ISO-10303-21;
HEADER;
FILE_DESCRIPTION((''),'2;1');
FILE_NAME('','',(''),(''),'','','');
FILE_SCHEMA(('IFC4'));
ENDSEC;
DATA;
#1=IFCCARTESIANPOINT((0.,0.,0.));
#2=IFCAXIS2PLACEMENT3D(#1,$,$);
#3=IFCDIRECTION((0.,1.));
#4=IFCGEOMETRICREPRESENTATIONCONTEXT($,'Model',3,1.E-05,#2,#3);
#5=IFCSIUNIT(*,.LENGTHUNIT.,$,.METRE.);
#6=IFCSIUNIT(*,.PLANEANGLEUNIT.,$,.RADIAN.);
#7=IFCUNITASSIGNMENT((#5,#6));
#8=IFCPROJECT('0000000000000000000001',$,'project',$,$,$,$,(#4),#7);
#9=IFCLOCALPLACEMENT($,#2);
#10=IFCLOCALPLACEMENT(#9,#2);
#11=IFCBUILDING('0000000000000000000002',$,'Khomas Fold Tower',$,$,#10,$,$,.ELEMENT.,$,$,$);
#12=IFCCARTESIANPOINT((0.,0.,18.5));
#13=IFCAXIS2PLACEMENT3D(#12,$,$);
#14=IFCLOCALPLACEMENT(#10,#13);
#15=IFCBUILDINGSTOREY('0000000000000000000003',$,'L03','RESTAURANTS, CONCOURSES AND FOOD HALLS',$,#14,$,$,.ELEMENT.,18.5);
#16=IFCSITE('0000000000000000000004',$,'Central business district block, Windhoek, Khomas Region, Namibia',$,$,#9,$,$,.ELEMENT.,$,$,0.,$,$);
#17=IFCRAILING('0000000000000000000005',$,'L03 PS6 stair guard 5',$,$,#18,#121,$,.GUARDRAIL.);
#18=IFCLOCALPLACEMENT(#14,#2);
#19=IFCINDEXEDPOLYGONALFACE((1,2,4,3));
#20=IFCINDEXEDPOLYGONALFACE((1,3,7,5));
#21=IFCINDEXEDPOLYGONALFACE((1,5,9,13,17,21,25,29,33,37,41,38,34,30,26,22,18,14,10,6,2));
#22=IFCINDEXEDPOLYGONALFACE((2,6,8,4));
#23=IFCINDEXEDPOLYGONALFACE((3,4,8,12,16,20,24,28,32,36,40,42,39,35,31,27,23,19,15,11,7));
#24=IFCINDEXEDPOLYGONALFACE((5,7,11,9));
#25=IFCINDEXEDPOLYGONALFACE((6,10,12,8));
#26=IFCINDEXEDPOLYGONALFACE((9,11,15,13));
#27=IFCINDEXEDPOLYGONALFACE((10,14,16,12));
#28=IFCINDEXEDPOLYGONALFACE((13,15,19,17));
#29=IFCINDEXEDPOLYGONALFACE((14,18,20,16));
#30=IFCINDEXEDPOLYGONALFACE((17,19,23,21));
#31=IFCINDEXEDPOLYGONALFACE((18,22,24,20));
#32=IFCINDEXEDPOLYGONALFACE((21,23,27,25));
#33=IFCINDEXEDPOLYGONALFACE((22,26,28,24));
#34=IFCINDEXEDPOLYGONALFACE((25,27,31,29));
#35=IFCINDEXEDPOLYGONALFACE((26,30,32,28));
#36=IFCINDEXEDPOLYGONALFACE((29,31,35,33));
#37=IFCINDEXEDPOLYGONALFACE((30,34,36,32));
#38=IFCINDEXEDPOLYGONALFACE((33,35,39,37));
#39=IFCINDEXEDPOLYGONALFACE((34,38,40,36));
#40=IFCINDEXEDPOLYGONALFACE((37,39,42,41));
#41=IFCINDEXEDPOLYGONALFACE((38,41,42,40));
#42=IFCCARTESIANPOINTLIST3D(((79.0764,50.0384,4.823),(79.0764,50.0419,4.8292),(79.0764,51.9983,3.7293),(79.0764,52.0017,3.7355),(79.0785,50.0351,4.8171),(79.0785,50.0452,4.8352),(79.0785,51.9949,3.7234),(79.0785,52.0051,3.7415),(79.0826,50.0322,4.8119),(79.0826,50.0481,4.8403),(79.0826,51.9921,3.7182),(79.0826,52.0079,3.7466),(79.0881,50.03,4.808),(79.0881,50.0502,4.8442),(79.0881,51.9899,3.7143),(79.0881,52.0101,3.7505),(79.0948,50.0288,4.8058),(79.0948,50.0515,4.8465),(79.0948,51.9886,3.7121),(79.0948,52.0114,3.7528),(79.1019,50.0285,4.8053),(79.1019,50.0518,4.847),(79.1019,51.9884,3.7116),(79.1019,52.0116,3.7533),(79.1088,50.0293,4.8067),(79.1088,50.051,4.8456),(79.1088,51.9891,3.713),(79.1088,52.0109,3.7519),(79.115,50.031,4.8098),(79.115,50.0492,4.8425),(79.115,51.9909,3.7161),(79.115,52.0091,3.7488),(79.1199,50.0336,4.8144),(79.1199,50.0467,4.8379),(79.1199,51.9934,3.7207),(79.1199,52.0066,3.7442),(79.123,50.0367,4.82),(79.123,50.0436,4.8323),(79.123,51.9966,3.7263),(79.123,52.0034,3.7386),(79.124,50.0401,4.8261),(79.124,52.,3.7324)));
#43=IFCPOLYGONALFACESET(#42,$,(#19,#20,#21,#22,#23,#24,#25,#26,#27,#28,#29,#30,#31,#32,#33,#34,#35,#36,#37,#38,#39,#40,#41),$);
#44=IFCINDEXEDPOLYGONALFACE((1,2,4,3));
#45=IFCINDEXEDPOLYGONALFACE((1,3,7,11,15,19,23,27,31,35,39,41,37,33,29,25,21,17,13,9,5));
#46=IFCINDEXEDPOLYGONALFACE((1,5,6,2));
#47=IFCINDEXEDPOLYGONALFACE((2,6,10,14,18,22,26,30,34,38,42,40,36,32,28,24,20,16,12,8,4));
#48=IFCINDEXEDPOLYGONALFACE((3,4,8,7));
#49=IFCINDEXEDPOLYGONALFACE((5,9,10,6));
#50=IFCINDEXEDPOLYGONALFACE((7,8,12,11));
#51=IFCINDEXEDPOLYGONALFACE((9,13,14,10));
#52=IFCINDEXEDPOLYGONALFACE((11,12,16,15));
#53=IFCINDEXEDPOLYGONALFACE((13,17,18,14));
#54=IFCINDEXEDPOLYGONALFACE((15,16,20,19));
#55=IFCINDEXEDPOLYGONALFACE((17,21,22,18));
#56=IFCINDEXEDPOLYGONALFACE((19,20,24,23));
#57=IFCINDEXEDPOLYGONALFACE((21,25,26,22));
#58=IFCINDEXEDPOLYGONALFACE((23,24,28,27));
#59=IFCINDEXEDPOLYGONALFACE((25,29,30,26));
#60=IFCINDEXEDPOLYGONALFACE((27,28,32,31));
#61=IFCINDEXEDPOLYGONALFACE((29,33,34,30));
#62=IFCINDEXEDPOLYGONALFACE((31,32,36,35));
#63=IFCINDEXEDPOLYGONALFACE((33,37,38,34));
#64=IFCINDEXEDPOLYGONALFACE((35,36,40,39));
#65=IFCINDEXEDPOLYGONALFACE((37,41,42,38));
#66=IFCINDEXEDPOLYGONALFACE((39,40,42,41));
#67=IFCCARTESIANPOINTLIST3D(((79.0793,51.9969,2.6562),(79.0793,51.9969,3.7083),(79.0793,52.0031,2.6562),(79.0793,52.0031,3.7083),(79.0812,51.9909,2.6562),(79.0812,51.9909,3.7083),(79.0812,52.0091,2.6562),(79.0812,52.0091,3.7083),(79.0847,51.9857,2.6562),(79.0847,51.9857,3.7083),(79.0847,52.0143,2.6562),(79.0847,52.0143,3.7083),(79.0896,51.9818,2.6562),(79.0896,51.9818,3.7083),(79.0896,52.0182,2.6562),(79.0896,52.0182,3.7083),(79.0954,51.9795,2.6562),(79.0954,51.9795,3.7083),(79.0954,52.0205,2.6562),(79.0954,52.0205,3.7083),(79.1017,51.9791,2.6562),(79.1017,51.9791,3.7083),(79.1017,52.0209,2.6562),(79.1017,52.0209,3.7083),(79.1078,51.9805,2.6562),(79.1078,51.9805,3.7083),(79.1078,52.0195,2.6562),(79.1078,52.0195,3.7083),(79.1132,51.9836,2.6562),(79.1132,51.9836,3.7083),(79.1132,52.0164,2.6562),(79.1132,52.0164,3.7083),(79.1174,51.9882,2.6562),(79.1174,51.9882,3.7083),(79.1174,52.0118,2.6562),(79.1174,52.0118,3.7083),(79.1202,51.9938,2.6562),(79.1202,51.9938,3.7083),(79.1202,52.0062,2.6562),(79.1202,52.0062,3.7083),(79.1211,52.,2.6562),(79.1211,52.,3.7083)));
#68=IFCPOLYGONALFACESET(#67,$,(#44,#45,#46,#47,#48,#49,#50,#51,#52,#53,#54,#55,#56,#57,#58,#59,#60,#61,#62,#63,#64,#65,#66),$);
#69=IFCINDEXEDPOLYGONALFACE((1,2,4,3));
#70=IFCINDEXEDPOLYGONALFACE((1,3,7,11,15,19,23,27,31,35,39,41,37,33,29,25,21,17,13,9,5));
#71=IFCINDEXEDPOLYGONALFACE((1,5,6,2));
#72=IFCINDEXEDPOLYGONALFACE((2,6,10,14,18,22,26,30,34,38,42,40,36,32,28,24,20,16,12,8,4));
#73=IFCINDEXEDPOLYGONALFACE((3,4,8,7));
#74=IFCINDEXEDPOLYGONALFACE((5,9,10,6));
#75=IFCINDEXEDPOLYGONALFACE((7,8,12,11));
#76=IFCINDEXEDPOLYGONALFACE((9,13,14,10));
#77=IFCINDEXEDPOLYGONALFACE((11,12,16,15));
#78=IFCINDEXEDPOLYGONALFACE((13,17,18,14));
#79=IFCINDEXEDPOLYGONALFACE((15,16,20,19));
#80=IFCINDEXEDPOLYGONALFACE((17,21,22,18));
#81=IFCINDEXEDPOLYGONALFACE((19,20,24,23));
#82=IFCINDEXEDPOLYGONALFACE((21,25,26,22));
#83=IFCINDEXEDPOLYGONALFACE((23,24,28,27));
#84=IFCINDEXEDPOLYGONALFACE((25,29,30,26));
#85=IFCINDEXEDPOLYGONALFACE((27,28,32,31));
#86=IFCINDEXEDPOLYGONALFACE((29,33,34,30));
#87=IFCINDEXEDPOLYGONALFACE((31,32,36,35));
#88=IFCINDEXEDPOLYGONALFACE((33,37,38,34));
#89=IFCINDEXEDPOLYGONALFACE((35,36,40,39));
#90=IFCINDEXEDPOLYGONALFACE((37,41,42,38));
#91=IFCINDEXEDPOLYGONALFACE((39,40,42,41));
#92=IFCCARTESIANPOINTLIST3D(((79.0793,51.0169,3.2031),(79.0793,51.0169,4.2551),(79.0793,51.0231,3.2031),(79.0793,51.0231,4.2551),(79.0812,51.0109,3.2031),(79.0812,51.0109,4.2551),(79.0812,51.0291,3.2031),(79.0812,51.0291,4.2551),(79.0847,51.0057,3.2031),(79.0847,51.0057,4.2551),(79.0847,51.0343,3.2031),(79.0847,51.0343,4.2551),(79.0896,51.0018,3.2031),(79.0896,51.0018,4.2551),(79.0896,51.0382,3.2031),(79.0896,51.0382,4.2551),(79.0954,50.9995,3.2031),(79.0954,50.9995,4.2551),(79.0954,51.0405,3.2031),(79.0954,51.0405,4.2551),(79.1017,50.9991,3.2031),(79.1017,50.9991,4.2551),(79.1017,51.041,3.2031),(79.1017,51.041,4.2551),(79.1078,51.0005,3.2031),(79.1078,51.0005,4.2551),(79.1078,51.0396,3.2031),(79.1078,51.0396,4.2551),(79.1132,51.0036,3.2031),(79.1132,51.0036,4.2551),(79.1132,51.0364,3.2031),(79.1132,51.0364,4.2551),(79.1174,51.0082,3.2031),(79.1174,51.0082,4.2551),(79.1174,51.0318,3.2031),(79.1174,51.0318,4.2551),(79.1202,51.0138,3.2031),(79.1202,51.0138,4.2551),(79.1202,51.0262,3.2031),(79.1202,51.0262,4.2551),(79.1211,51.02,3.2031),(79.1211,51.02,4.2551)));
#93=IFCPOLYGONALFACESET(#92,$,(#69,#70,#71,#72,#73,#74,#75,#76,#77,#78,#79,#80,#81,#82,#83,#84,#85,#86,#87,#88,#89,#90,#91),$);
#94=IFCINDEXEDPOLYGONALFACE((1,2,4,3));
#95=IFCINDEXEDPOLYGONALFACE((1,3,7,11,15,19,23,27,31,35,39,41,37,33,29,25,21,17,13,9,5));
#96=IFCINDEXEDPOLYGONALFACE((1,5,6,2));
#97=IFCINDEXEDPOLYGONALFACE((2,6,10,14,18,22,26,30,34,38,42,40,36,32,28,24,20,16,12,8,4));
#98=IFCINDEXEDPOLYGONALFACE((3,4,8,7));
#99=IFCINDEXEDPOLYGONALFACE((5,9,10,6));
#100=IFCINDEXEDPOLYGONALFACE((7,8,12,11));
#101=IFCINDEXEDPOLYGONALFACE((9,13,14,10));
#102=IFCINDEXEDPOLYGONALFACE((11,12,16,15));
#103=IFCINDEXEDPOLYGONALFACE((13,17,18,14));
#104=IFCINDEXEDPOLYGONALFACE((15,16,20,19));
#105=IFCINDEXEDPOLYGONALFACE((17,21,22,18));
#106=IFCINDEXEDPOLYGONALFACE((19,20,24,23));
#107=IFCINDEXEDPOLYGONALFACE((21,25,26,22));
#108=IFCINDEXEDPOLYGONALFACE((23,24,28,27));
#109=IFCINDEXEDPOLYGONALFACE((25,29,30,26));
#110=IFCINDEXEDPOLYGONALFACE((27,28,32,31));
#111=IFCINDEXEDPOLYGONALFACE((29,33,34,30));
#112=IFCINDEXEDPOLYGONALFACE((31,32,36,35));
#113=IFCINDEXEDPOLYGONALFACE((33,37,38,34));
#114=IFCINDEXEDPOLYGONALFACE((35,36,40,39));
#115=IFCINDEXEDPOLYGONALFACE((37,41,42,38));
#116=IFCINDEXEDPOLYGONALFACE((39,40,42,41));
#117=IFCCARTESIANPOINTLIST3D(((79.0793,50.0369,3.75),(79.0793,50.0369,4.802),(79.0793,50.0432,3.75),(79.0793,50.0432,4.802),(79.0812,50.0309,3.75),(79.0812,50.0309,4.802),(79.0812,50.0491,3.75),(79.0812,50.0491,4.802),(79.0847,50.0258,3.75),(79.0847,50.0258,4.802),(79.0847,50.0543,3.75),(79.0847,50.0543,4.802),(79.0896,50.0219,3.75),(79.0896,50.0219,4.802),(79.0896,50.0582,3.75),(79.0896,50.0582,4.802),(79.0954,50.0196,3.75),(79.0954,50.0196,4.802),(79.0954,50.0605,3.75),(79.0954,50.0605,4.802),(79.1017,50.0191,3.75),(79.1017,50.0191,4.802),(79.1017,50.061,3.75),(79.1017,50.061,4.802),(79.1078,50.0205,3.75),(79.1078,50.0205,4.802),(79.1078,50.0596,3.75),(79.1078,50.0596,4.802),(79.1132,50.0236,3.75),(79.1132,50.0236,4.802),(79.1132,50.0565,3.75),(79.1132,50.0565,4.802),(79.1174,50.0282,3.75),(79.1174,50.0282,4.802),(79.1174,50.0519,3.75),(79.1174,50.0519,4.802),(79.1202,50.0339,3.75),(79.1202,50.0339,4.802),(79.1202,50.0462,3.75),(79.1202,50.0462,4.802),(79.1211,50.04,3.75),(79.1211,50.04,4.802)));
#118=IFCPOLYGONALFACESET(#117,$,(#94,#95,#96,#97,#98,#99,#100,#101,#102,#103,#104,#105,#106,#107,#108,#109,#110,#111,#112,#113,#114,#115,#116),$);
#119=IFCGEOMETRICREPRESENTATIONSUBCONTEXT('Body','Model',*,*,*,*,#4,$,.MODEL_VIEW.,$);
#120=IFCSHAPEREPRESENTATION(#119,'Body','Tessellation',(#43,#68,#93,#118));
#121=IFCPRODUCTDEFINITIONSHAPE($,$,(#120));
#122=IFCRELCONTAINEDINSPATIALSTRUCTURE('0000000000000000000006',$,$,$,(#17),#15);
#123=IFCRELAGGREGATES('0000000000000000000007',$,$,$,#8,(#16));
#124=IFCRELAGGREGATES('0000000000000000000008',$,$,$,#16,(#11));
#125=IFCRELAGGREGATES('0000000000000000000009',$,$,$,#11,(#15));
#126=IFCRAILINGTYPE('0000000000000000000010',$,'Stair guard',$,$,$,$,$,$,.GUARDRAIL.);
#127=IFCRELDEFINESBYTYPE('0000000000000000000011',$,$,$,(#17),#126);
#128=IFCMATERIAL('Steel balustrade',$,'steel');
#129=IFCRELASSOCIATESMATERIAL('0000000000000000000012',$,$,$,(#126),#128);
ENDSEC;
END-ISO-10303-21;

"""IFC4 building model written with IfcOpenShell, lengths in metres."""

from ifc_helpers import new_model, si_unit, direction, frame, origin, origin_2d, place, context, subcontext, project, spatial, circle, extrude, source, transform, mapped, material, type_object, element, save


model = new_model("IFC4")

# Units and contexts
model_context = context("Model", 3, precision=1e-05, world=origin(), true_north=direction((0.0, 1.0)))
body_context = subcontext(model_context, "Body", "Model", "MODEL_VIEW")
ifc_project = project(units=[si_unit("LENGTHUNIT", "METRE"), si_unit("PLANEANGLEUNIT", "RADIAN")], contexts=[model_context])

# Site, building, storey
site_placement = place(None, origin())
site = spatial("IfcSite", under=ifc_project, at=site_placement, Name="Central business district block, Windhoek, Khomas Region, Namibia", CompositionType="ELEMENT", RefElevation=0.0)
building_placement = place(site_placement, origin())
building = spatial("IfcBuilding", under=site, at=building_placement, Name="Khomas Fold Tower", CompositionType="ELEMENT")
storey_placement = place(building_placement, frame((0.0, 0.0, 18.5)))
storey = spatial("IfcBuildingStorey", under=building, at=storey_placement, Name="L03", Description="RESTAURANTS, CONCOURSES AND FOOD HALLS", CompositionType="ELEMENT", Elevation=18.5)

# Railing
ifc_material_1 = material(Name="Steel balustrade", Category="steel")
railing_type_1 = type_object("IfcRailingType", Name="Stair guard", PredefinedType="GUARDRAIL", material=ifc_material_1)
shared_shape_1 = source(origin(), body_context, "Body", "SweptSolid", [
    extrude(circle(Radius=0.0239, at=origin_2d()), frame((0.0, 0.0, 1.0762), z_axis=(0.0, -0.873232, 0.487304), x_axis=(1.0, 0.0, 0.0)), (0.0, 0.0, 1.0), 2.2444),
    extrude(circle(Radius=0.021, at=origin_2d()), origin(), (0.0, 0.0, 1.0), 1.052),
    extrude(circle(Radius=0.021, at=origin_2d()), frame((0.0, -0.98, 0.5469)), (0.0, 0.0, 1.0), 1.052),
    extrude(circle(Radius=0.021, at=origin_2d()), frame((0.0, -1.96, 1.0938)), (0.0, 0.0, 1.0), 1.052),
])
for number, where, name in (
    (1, (79.1001, 52.0, 2.6562), "L03 PS6 stair guard 5"),
):
    element("IfcRailing", number, at=place(storey_placement, frame(where)), inside=storey, type_object=railing_type_1, Name=name, PredefinedType="GUARDRAIL", context=body_context, shape_type="MappedRepresentation", body=[
        mapped(shared_shape_1, transform((0.0, 0.0, 0.0))),
    ])

save(model, "model.ifc")
